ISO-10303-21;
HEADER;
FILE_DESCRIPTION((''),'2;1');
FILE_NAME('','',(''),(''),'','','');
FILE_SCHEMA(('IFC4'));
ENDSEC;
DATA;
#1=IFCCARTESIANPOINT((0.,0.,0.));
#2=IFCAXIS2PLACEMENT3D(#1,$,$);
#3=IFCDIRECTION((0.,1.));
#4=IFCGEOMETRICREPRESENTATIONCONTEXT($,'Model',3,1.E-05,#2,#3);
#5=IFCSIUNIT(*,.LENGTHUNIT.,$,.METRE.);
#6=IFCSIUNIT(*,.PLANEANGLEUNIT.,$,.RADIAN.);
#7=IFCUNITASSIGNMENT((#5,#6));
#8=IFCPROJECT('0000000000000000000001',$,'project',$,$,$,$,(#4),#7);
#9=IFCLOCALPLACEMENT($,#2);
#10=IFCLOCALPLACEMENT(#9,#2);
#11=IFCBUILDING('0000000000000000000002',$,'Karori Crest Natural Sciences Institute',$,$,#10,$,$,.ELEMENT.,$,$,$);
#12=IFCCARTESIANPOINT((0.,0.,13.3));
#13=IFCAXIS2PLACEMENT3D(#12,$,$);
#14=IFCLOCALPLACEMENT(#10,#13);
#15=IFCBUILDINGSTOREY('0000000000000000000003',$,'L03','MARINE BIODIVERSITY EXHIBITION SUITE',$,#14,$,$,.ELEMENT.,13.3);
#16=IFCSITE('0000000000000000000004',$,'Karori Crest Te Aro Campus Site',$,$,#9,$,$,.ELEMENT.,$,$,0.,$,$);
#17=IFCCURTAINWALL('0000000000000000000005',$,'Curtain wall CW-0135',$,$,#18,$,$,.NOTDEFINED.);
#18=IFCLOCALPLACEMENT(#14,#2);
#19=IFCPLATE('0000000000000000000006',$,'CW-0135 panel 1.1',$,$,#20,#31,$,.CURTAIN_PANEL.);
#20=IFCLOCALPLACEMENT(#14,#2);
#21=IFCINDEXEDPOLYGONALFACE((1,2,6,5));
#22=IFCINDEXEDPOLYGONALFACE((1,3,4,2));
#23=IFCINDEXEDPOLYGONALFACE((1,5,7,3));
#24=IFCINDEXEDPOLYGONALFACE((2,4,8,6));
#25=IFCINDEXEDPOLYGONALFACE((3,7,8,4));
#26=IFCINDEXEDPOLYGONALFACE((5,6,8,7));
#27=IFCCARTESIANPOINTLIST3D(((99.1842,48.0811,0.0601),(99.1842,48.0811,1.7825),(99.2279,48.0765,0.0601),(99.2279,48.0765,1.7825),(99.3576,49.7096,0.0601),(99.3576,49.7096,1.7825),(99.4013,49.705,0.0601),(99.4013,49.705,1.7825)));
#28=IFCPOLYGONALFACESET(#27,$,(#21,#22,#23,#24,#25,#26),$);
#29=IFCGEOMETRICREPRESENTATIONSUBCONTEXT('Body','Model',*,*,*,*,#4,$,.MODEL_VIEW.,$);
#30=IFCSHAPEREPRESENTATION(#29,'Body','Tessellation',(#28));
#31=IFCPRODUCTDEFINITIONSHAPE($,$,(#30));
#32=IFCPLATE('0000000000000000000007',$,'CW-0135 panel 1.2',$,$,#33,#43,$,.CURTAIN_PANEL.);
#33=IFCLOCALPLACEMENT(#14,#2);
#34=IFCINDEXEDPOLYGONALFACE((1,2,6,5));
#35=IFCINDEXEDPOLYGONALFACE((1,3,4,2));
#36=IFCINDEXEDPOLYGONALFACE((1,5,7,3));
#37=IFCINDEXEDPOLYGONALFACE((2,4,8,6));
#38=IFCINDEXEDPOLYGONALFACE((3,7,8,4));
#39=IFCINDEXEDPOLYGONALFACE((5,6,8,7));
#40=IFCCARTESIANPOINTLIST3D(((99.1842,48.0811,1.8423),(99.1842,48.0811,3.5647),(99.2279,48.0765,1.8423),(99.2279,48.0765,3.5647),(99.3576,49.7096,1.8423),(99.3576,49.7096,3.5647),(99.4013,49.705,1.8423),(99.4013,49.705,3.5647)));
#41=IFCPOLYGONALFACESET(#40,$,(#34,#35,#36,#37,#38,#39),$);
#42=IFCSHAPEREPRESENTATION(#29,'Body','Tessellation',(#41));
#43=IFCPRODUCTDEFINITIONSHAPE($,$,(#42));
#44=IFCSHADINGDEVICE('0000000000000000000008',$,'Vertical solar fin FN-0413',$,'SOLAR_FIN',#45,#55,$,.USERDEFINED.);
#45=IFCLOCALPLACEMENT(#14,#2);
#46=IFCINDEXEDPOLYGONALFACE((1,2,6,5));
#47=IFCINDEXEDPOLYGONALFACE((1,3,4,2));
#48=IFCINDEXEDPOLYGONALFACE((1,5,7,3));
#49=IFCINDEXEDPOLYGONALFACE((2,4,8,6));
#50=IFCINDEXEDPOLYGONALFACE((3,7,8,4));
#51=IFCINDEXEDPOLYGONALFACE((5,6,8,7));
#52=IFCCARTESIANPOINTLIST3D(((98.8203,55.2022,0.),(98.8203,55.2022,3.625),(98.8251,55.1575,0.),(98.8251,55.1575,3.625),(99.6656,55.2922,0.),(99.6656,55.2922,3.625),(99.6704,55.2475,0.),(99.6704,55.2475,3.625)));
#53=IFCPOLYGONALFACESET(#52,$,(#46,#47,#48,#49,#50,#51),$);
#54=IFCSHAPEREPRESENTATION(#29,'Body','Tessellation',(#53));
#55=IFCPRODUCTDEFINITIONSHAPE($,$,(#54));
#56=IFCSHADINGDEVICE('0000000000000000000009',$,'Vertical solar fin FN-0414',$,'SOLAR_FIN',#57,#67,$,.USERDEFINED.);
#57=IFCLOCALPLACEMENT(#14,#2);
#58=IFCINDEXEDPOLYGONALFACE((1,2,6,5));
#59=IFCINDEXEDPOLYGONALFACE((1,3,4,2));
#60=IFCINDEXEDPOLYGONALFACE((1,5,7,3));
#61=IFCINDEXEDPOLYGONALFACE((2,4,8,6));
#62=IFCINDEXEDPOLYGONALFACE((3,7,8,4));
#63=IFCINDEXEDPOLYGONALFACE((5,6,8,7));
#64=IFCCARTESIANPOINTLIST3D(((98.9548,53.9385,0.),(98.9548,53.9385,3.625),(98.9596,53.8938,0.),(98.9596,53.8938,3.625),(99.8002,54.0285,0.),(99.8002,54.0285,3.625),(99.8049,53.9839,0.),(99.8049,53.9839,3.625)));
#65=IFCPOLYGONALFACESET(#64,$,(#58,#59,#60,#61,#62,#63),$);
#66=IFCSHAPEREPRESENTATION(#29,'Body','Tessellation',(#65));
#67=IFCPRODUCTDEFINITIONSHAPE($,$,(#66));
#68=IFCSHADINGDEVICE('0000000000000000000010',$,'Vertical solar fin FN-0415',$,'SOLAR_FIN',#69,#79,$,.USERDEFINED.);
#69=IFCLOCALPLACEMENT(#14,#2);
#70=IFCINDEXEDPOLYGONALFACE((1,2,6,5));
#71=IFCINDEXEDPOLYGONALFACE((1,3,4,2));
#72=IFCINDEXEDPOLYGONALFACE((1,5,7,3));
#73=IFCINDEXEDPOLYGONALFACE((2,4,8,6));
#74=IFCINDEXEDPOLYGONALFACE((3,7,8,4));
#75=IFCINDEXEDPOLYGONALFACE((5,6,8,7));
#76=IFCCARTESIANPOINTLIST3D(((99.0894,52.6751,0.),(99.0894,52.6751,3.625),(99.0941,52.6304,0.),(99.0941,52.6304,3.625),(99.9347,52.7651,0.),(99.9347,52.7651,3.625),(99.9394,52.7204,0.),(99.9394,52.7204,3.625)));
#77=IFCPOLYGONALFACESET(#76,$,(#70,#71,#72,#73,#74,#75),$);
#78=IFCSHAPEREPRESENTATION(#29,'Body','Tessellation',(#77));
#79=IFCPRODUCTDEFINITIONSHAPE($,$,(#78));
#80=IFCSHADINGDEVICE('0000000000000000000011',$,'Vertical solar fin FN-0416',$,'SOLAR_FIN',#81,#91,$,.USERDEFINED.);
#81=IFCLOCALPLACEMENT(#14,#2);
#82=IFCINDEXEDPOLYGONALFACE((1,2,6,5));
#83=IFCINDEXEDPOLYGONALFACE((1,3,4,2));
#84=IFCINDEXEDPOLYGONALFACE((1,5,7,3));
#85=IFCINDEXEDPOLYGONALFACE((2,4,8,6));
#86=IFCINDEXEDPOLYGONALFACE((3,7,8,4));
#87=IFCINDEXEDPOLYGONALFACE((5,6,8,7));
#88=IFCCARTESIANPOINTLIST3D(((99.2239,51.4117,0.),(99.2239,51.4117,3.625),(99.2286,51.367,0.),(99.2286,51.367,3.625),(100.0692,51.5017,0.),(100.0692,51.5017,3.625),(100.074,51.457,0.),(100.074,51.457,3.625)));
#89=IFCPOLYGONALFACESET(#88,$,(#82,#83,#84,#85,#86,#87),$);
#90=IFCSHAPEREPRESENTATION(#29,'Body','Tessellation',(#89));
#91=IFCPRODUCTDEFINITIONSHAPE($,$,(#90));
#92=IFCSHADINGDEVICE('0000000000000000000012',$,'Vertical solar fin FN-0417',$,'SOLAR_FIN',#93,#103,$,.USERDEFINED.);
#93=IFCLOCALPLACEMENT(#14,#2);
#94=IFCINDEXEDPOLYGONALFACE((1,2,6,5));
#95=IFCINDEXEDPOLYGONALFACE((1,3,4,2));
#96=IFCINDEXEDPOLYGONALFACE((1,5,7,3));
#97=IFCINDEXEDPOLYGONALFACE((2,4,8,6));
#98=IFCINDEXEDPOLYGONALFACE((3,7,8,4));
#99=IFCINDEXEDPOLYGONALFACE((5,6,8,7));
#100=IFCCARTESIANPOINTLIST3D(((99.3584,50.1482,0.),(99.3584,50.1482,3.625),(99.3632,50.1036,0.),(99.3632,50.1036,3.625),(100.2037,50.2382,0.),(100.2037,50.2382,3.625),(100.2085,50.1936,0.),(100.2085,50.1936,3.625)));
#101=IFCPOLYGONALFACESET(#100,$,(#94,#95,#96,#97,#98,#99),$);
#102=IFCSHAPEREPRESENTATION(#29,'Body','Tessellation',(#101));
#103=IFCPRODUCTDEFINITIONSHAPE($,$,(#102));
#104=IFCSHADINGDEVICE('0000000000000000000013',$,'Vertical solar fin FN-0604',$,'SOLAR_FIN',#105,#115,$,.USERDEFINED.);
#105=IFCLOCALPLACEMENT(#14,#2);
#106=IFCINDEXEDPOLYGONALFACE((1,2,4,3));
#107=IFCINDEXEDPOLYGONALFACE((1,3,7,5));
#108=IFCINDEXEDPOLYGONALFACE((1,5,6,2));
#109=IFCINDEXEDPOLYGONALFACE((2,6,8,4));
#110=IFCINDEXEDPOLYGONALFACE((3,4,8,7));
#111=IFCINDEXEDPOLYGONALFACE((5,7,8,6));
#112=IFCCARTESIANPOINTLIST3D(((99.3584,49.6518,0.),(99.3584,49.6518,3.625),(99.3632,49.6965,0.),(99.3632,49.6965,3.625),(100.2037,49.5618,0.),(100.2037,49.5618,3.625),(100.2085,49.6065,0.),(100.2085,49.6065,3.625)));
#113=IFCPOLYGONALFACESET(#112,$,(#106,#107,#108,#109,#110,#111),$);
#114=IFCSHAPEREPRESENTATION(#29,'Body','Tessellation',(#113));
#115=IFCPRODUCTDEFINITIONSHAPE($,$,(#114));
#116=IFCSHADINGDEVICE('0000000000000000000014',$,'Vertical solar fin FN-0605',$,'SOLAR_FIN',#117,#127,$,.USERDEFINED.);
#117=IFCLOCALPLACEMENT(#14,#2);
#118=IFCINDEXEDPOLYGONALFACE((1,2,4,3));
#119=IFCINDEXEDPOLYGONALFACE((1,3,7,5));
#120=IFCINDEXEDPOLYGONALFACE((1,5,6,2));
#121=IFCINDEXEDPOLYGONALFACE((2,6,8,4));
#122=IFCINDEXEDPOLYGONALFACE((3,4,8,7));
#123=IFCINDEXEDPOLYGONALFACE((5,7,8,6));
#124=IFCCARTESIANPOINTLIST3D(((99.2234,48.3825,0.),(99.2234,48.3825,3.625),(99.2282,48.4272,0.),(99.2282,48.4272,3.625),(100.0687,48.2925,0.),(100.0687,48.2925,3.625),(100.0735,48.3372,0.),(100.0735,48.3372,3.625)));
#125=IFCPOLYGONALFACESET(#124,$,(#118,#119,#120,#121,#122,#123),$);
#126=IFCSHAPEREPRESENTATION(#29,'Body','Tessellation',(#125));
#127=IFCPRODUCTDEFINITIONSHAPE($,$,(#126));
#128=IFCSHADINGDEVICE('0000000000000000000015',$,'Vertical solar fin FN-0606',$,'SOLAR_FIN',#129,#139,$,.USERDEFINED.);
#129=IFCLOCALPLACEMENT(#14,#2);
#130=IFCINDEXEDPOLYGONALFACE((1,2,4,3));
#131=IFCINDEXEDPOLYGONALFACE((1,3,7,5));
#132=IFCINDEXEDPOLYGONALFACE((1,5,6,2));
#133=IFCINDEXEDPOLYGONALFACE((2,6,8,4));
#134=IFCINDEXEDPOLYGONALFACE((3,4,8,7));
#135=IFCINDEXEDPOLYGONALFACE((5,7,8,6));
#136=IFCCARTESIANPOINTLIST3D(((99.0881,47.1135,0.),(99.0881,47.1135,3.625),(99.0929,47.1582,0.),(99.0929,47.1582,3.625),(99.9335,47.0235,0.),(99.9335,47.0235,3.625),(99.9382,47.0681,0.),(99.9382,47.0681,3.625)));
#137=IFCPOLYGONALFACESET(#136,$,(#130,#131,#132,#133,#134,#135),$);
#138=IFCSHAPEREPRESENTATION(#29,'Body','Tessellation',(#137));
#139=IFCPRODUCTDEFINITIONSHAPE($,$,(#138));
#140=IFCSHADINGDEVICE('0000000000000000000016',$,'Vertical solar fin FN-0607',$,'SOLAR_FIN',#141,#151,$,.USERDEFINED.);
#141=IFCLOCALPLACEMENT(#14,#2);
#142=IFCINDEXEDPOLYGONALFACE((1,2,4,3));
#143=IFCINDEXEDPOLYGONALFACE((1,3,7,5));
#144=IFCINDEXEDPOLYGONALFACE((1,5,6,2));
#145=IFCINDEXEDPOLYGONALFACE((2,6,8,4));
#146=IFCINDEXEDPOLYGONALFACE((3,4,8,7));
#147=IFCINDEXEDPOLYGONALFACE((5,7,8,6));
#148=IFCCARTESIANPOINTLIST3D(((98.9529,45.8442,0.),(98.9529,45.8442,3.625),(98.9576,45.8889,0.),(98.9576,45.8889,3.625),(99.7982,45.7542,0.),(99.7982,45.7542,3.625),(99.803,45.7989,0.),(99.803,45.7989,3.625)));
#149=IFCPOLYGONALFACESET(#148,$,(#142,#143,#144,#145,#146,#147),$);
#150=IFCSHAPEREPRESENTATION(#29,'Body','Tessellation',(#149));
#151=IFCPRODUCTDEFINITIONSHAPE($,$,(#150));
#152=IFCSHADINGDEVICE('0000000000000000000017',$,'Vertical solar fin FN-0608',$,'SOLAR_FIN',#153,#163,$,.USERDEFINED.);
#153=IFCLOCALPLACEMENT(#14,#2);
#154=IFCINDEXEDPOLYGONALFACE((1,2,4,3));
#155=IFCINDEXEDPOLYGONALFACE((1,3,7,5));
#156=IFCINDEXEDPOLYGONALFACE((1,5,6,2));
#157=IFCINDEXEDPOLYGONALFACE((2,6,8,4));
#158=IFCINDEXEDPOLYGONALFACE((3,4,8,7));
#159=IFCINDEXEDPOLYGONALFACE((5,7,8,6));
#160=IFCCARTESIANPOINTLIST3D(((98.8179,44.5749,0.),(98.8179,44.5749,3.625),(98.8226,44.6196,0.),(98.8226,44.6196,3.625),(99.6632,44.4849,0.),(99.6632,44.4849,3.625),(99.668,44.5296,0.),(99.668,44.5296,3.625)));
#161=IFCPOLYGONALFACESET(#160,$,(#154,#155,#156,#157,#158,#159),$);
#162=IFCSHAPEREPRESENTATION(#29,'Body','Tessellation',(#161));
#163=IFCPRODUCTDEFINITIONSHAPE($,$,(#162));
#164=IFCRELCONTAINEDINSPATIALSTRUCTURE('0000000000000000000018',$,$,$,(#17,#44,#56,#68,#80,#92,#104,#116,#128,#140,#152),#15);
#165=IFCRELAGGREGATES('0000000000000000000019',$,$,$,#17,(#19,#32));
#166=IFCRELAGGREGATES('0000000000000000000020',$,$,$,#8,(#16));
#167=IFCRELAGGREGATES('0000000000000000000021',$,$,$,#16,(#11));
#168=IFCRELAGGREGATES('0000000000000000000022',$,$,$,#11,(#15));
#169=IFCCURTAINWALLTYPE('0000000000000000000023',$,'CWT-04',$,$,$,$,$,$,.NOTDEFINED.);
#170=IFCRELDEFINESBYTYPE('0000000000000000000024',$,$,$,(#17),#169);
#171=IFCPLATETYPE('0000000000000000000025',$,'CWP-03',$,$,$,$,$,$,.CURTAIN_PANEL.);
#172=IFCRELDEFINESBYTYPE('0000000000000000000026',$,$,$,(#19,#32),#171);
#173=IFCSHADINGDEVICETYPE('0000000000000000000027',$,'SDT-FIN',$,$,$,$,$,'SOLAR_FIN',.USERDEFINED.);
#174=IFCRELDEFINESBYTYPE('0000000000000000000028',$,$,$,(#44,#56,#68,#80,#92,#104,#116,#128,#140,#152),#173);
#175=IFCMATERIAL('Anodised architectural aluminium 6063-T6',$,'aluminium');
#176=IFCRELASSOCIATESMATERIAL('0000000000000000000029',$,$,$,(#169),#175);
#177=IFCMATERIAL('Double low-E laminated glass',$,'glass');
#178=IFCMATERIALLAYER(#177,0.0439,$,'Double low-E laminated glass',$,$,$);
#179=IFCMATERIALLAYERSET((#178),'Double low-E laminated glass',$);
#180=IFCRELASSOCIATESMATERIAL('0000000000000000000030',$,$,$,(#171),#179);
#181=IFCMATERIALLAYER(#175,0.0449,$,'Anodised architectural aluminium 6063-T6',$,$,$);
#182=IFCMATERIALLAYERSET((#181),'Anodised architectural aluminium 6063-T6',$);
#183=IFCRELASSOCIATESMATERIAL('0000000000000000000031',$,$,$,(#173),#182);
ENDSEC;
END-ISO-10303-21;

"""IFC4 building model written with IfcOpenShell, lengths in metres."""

from ifc_helpers import new_model, si_unit, direction, frame, origin, origin_2d, place, context, subcontext, project, spatial, rectangle, extrude, material, layer, layer_set, type_object, element, aggregate, save


model = new_model("IFC4")

# Units and contexts
model_context = context("Model", 3, precision=1e-05, world=origin(), true_north=direction((0.0, 1.0)))
body_context = subcontext(model_context, "Body", "Model", "MODEL_VIEW")
ifc_project = project(units=[si_unit("LENGTHUNIT", "METRE"), si_unit("PLANEANGLEUNIT", "RADIAN")], contexts=[model_context])

# Site, building, storey
site_placement = place(None, origin())
site = spatial("IfcSite", under=ifc_project, at=site_placement, Name="Karori Crest Te Aro Campus Site", CompositionType="ELEMENT", RefElevation=0.0)
building_placement = place(site_placement, origin())
building = spatial("IfcBuilding", under=site, at=building_placement, Name="Karori Crest Natural Sciences Institute", CompositionType="ELEMENT")
storey_placement = place(building_placement, frame((0.0, 0.0, 13.3)))
storey = spatial("IfcBuildingStorey", under=building, at=storey_placement, Name="L03", Description="MARINE BIODIVERSITY EXHIBITION SUITE", CompositionType="ELEMENT", Elevation=13.3)

# Curtain wall
ifc_material_1 = material(Name="Anodised architectural aluminium 6063-T6", Category="aluminium")
curtain_wall_type_1 = type_object("IfcCurtainWallType", Name="CWT-04", PredefinedType="NOTDEFINED", material=ifc_material_1)
curtain_wall_1_placement = place(storey_placement, origin())
curtain_wall_1 = element("IfcCurtainWall", 1, at=curtain_wall_1_placement, inside=storey, type_object=curtain_wall_type_1, Name="Curtain wall CW-0135", PredefinedType="NOTDEFINED")

# Plates
ifc_material_2 = material(Name="Double low-E laminated glass", Category="glass")
ifc_layer_1 = layer(ifc_material_2, 0.0439, Name="Double low-E laminated glass")
ifc_layer_set_1 = layer_set([ifc_layer_1], Name="Double low-E laminated glass")
plate_type_1 = type_object("IfcPlateType", Name="CWP-03", PredefinedType="CURTAIN_PANEL", material=ifc_layer_set_1)
plate_1_placement = place(storey_placement, frame((99.2927, 48.8931, 0.0601), z_axis=(0.0, 0.0, 1.0), x_axis=(-0.105886, -0.994378, 0.0)))
plate_1 = element("IfcPlate", 2, at=plate_1_placement, type_object=plate_type_1, Name="CW-0135 panel 1.1", PredefinedType="CURTAIN_PANEL", context=body_context, shape_type="SweptSolid", body=[
    extrude(rectangle(XDim=1.6377, YDim=0.0439, at=origin_2d()), origin(), (0.0, 0.0, 1.0), 1.7224),
])
plate_2_placement = place(storey_placement, frame((99.2927, 48.8931, 1.8423), z_axis=(0.0, 0.0, 1.0), x_axis=(-0.105886, -0.994378, 0.0)))
plate_2 = element("IfcPlate", 3, at=plate_2_placement, type_object=plate_type_1, Name="CW-0135 panel 1.2", PredefinedType="CURTAIN_PANEL", context=body_context, shape_type="SweptSolid", body=[
    extrude(rectangle(XDim=1.6377, YDim=0.0439, at=origin_2d()), origin(), (0.0, 0.0, 1.0), 1.7224),
])
aggregate(curtain_wall_1, [plate_1, plate_2])

# Shading devices
ifc_layer_2 = layer(ifc_material_1, 0.0449, Name="Anodised architectural aluminium 6063-T6")
ifc_layer_set_2 = layer_set([ifc_layer_2], Name="Anodised architectural aluminium 6063-T6")
shading_device_type = type_object("IfcShadingDeviceType", Name="SDT-FIN", ElementType="SOLAR_FIN", PredefinedType="USERDEFINED", material=ifc_layer_set_2)
for number, where, z_axis, x_axis, name in (
    (4, (99.2454, 55.2249, 0.0), (0.0, 0.0, 1.0), (0.994378, 0.105884, 0.0), "Vertical solar fin FN-0413"),
    (5, (99.3799, 53.9612, 0.0), (0.0, 0.0, 1.0), (0.994378, 0.105884, 0.0), "Vertical solar fin FN-0414"),
    (6, (99.5144, 52.6978, 0.0), (0.0, 0.0, 1.0), (0.994378, 0.105884, 0.0), "Vertical solar fin FN-0415"),
    (7, (99.6489, 51.4343, 0.0), (0.0, 0.0, 1.0), (0.994378, 0.105884, 0.0), "Vertical solar fin FN-0416"),
    (8, (99.7834, 50.1709, 0.0), (0.0, 0.0, 1.0), (0.994378, 0.105884, 0.0), "Vertical solar fin FN-0417"),
    (9, (99.7834, 49.6292, 0.0), (0.0, 0.0, 1.0), (0.994378, -0.105886, 0.0), "Vertical solar fin FN-0604"),
    (10, (99.6484, 48.3599, 0.0), (0.0, 0.0, 1.0), (0.994378, -0.105886, 0.0), "Vertical solar fin FN-0605"),
    (11, (99.5132, 47.0908, 0.0), (0.0, 0.0, 1.0), (0.994378, -0.105886, 0.0), "Vertical solar fin FN-0606"),
    (12, (99.3779, 45.8215, 0.0), (0.0, 0.0, 1.0), (0.994378, -0.105886, 0.0), "Vertical solar fin FN-0607"),
    (13, (99.2429, 44.5522, 0.0), (0.0, 0.0, 1.0), (0.994378, -0.105886, 0.0), "Vertical solar fin FN-0608"),
):
    element("IfcShadingDevice", number, at=place(storey_placement, frame(where, z_axis=z_axis, x_axis=x_axis)), inside=storey, type_object=shading_device_type, Name=name, ObjectType="SOLAR_FIN", PredefinedType="USERDEFINED", context=body_context, shape_type="SweptSolid", body=[
        extrude(rectangle(XDim=0.8501, YDim=0.0449, at=origin_2d()), origin(), (0.0, 0.0, 1.0), 3.625),
    ])

save(model, "model.ifc")
